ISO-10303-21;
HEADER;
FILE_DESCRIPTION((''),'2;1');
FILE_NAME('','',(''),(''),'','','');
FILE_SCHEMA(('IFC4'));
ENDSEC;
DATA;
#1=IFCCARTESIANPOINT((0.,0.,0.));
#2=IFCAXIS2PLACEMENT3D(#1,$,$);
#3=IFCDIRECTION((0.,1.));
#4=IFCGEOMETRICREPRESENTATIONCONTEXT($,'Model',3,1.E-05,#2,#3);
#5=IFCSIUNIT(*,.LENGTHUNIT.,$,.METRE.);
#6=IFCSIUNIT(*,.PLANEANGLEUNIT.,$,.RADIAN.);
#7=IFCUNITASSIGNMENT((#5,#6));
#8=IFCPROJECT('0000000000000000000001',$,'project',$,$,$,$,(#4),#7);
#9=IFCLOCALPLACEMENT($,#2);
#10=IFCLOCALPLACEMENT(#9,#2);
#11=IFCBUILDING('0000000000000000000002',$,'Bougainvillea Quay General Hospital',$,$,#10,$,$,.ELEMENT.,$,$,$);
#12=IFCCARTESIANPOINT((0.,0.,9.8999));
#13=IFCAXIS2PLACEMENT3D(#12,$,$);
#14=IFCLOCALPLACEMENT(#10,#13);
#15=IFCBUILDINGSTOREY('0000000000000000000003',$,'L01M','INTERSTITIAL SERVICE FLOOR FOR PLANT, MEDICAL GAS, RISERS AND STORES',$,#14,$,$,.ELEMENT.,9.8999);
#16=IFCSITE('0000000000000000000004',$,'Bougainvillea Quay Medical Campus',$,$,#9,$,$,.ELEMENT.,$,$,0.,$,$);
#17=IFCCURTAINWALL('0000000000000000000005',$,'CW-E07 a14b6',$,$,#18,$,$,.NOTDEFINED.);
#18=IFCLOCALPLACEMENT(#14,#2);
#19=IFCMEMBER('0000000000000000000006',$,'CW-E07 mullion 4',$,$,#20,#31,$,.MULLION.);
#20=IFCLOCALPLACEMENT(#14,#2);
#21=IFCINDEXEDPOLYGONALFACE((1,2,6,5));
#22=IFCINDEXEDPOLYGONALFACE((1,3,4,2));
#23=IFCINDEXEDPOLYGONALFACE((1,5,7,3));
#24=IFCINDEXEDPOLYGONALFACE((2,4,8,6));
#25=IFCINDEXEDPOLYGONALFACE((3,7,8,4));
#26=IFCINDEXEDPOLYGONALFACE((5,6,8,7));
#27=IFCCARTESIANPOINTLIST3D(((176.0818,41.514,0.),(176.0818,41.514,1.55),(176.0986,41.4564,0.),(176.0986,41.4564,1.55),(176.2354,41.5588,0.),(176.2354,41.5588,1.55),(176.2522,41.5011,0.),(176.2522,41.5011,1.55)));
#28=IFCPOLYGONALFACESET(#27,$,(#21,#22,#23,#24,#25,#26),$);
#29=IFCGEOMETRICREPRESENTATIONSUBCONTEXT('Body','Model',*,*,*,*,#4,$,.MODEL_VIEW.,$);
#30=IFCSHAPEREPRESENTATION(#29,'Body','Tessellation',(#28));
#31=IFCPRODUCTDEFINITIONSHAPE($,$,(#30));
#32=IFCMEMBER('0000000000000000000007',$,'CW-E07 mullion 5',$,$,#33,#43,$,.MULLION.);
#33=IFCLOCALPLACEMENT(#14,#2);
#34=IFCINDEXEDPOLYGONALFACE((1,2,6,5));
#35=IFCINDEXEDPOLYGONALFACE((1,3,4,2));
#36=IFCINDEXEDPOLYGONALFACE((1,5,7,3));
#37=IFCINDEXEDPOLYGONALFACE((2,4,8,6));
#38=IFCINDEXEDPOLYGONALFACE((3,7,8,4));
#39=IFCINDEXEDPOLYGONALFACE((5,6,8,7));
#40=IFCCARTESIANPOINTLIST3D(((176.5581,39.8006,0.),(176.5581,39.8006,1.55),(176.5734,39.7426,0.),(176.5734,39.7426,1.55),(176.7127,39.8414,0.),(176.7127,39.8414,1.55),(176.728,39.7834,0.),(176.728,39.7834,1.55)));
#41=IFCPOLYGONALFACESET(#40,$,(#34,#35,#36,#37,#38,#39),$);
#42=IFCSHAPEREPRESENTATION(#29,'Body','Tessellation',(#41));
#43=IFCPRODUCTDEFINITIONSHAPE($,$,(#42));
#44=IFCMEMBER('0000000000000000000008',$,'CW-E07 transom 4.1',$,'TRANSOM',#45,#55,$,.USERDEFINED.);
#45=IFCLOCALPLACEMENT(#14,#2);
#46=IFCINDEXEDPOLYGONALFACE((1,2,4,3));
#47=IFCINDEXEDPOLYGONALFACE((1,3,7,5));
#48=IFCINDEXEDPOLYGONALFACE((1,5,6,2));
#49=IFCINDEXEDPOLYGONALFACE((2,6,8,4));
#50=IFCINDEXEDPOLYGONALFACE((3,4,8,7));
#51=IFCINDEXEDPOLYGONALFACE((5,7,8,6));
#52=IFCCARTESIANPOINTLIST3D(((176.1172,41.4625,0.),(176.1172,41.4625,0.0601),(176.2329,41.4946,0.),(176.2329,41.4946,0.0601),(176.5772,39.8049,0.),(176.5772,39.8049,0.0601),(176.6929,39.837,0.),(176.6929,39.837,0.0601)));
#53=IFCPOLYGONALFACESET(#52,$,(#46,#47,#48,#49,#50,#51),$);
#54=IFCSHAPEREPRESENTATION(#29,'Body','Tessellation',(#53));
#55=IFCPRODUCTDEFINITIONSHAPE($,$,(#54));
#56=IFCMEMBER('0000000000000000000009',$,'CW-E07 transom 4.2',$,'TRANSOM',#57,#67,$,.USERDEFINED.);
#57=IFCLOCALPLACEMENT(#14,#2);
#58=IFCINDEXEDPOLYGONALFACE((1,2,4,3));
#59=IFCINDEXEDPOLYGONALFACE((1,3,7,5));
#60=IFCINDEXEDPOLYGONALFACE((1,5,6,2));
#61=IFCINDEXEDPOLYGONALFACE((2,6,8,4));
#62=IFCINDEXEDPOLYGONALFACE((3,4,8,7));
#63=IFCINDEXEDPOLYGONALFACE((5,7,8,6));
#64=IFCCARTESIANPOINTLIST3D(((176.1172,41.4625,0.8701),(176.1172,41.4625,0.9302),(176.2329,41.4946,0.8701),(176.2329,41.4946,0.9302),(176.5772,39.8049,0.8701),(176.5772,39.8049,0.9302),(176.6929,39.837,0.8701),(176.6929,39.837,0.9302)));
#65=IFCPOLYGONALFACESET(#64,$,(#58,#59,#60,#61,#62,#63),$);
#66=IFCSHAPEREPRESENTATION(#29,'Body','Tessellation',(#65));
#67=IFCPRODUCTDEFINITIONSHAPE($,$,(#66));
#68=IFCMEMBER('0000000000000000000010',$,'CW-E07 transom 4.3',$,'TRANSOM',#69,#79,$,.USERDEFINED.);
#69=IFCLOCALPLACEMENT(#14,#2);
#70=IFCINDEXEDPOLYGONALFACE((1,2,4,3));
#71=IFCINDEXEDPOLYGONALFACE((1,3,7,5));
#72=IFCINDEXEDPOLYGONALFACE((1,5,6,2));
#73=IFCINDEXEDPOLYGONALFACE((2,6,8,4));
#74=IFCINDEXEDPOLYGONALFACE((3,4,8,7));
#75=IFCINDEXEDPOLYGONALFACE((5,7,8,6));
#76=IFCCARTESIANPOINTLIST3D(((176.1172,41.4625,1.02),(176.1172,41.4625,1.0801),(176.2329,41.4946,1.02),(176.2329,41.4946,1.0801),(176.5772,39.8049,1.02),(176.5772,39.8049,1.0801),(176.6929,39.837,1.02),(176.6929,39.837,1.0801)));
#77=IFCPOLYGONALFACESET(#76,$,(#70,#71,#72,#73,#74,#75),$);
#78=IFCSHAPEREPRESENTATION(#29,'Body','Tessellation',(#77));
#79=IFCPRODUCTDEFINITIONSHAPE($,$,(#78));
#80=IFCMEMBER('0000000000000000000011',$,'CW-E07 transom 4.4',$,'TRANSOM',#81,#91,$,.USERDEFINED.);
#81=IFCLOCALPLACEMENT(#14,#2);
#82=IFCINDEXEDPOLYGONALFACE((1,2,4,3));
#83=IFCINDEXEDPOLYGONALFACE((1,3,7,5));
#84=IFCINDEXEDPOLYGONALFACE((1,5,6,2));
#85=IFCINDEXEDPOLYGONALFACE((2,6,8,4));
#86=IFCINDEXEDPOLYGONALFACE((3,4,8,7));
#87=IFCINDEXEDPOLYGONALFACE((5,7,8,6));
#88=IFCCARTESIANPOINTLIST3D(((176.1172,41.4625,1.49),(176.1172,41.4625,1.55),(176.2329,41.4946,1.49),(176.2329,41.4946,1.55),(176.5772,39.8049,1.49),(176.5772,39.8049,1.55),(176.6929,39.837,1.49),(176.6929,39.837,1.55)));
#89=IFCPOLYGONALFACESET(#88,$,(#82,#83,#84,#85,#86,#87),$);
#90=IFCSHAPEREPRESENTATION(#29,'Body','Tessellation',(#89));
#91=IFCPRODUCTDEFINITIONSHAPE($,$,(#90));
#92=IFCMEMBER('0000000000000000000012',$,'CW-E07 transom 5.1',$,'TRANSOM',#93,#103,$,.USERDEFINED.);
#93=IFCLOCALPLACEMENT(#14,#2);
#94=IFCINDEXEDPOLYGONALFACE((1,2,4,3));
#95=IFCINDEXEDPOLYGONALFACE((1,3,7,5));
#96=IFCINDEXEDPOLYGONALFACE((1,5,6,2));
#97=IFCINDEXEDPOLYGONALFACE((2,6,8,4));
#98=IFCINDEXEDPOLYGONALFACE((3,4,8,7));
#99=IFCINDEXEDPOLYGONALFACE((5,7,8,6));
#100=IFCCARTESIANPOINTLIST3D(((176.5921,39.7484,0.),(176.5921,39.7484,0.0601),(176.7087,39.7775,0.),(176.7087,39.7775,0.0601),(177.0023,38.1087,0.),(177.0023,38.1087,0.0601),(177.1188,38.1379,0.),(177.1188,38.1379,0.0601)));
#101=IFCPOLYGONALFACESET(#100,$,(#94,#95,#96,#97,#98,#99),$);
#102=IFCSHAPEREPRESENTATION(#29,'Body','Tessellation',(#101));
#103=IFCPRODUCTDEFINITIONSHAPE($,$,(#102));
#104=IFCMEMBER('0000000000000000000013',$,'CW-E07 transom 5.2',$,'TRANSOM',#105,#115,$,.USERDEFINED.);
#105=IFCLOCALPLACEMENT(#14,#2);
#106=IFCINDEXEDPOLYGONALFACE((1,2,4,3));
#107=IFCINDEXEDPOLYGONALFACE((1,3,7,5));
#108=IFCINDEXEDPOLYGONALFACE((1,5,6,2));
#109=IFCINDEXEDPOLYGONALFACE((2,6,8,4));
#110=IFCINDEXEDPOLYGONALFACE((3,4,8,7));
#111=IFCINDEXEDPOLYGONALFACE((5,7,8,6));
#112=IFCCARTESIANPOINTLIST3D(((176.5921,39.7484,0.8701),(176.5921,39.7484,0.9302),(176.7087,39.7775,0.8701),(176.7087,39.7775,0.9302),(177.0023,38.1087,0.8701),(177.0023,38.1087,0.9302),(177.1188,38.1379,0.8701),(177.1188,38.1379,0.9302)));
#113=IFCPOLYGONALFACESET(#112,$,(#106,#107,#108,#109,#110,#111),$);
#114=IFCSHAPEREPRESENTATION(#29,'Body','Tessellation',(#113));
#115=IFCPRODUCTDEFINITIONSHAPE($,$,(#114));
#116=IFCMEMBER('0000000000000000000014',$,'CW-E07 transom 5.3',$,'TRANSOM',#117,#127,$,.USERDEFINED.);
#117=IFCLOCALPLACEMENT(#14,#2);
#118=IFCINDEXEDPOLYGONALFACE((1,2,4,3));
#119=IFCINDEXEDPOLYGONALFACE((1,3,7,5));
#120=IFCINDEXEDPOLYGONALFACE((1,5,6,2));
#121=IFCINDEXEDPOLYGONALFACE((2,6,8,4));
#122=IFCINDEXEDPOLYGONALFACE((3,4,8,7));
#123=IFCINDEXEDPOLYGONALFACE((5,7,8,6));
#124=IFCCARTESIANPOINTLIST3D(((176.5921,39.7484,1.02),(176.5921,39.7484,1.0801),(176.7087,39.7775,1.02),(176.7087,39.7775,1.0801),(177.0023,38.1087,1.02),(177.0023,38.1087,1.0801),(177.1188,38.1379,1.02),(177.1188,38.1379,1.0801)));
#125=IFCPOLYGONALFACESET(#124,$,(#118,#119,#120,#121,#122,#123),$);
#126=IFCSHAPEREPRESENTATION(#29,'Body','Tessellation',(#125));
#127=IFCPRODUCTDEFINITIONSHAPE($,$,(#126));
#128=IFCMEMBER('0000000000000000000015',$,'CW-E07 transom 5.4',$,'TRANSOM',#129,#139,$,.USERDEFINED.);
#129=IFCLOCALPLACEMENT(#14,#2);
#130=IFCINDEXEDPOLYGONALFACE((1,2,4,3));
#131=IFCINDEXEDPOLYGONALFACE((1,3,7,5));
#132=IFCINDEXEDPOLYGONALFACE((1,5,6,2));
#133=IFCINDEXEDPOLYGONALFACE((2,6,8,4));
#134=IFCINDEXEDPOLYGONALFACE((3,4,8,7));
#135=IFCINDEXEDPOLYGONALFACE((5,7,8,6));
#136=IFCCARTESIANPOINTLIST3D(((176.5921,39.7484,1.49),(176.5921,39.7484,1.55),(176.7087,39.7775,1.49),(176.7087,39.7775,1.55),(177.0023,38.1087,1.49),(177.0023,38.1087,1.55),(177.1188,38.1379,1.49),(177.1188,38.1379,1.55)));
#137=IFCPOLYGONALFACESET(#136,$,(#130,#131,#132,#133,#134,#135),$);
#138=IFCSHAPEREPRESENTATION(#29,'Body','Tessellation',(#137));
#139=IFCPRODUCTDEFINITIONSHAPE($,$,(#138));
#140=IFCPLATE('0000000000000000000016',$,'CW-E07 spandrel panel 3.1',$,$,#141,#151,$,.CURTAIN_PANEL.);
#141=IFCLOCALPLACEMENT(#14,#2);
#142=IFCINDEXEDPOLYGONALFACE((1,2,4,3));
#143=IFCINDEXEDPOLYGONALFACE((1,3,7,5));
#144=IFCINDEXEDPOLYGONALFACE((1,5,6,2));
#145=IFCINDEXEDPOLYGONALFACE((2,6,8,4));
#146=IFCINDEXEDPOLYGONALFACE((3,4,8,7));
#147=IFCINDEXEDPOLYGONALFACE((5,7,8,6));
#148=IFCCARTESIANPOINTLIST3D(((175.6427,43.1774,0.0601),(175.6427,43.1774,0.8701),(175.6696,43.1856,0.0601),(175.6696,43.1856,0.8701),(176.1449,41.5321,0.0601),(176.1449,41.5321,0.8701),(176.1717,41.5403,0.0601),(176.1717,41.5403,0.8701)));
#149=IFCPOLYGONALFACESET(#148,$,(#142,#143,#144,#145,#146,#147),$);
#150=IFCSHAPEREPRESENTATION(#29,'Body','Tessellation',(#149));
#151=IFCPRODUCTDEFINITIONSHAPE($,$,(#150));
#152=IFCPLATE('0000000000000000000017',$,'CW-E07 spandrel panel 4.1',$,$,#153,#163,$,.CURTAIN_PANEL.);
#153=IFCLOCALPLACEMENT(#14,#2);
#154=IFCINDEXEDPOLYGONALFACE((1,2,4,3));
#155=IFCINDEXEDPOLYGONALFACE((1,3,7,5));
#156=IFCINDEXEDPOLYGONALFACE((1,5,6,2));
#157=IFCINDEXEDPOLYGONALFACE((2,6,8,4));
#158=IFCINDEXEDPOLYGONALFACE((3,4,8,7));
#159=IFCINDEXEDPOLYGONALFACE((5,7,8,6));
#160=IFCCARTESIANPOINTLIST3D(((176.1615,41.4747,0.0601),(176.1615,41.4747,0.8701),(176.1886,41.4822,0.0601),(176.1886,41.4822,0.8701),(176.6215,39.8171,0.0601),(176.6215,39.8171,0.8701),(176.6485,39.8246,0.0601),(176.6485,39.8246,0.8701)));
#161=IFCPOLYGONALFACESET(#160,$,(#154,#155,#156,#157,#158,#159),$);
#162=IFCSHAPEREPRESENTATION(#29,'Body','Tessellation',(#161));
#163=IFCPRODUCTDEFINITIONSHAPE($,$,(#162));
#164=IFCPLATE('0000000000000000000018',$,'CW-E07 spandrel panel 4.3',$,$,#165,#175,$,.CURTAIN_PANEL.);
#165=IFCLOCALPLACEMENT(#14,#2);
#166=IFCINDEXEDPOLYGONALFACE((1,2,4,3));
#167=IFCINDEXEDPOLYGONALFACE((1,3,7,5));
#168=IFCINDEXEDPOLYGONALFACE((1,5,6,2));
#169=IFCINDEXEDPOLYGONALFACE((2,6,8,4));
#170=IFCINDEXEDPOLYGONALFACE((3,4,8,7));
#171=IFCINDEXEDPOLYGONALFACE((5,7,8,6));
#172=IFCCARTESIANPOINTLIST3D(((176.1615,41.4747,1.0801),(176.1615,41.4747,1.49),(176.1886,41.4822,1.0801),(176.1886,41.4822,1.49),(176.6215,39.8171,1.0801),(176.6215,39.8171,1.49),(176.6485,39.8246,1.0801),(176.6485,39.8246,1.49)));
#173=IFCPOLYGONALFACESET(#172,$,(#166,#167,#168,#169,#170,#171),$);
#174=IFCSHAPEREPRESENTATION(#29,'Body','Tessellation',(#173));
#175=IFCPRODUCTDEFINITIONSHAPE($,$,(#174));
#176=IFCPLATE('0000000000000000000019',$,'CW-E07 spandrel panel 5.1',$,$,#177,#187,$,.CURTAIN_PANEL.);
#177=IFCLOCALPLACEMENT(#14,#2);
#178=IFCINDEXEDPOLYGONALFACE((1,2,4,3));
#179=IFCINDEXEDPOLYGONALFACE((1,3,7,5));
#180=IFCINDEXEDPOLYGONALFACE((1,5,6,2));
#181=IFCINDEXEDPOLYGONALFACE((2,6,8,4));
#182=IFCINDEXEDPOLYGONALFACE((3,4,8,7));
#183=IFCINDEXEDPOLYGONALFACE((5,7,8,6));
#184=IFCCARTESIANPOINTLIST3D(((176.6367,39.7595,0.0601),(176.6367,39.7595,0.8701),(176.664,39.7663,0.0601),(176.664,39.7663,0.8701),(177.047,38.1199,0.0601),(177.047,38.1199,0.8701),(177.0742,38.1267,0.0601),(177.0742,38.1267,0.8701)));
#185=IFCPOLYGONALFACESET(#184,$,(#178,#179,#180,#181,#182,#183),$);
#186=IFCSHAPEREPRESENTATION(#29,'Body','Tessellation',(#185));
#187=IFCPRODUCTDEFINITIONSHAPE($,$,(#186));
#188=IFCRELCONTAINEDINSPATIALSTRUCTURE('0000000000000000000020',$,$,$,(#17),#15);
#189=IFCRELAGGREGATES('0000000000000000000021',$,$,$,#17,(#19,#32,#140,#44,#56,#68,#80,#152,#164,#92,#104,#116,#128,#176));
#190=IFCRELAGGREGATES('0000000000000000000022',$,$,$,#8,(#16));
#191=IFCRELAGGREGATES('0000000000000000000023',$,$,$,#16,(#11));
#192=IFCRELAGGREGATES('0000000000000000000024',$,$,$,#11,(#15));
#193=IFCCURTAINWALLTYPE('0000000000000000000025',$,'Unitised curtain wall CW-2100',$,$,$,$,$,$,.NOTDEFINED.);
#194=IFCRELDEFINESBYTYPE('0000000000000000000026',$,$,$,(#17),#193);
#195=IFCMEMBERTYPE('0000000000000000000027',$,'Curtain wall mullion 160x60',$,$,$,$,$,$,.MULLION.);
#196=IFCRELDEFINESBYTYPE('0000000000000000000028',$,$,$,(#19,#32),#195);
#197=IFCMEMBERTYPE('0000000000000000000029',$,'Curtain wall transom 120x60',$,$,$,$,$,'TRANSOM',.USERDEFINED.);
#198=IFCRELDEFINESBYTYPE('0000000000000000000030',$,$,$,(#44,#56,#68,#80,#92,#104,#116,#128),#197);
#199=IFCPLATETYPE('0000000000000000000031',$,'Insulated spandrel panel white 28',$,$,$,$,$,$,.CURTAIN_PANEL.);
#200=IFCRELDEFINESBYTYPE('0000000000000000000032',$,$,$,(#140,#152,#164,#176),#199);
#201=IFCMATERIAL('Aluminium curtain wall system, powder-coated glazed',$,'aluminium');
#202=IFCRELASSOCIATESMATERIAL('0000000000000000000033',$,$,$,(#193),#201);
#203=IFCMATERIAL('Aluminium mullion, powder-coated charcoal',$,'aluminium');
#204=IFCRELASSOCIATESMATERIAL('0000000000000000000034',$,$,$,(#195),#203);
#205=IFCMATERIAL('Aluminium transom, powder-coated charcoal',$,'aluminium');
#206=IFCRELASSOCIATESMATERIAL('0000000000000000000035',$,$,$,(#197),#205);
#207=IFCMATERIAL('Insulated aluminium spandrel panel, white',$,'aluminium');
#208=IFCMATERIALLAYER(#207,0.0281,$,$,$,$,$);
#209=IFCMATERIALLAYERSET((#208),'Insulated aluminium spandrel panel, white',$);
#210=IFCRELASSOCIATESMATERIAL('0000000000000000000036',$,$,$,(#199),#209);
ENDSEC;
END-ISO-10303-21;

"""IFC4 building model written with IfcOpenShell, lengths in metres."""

from ifc_helpers import new_model, si_unit, direction, frame, origin, origin_2d, place, context, subcontext, project, spatial, rectangle, extrude, material, layer, layer_set, material_profile, profile_set, type_object, element, aggregate, save


model = new_model("IFC4")

# Units and contexts
model_context = context("Model", 3, precision=1e-05, world=origin(), true_north=direction((0.0, 1.0)))
body_context = subcontext(model_context, "Body", "Model", "MODEL_VIEW")
ifc_project = project(units=[si_unit("LENGTHUNIT", "METRE"), si_unit("PLANEANGLEUNIT", "RADIAN")], contexts=[model_context])

# Site, building, storey
site_placement = place(None, origin())
site = spatial("IfcSite", under=ifc_project, at=site_placement, Name="Bougainvillea Quay Medical Campus", CompositionType="ELEMENT", RefElevation=0.0)
building_placement = place(site_placement, origin())
building = spatial("IfcBuilding", under=site, at=building_placement, Name="Bougainvillea Quay General Hospital", CompositionType="ELEMENT")
storey_placement = place(building_placement, frame((0.0, 0.0, 9.8999)))
storey = spatial("IfcBuildingStorey", under=building, at=storey_placement, Name="L01M", Description="INTERSTITIAL SERVICE FLOOR FOR PLANT, MEDICAL GAS, RISERS AND STORES", CompositionType="ELEMENT", Elevation=9.8999)

# Curtain wall, members, plates
ifc_material_1 = material(Name="Aluminium curtain wall system, powder-coated glazed", Category="aluminium")
curtain_wall_type = type_object("IfcCurtainWallType", Name="Unitised curtain wall CW-2100", PredefinedType="NOTDEFINED", material=ifc_material_1)
curtain_wall_placement = place(storey_placement, origin())
curtain_wall = element("IfcCurtainWall", 1, at=curtain_wall_placement, inside=storey, type_object=curtain_wall_type, Name="CW-E07 a14b6", PredefinedType="NOTDEFINED")
ifc_material_2 = material(Name="Aluminium mullion, powder-coated charcoal", Category="aluminium")
ifc_material_profile_1 = material_profile(ifc_material_2, rectangle(XDim=0.1599, YDim=0.0601, at=origin_2d()))
ifc_profile_set_1 = profile_set([ifc_material_profile_1], Name="Aluminium mullion, powder-coated charcoal")
member_type_1 = type_object("IfcMemberType", Name="Curtain wall mullion 160x60", PredefinedType="MULLION", material=ifc_profile_set_1)
member_1_placement = place(storey_placement, frame((176.167, 41.5076, 0.0), z_axis=(0.0, 0.0, 1.0), x_axis=(0.960095, 0.279675, 0.0)))
member_1 = element("IfcMember", 2, at=member_1_placement, type_object=member_type_1, Name="CW-E07 mullion 4", PredefinedType="MULLION", context=body_context, shape_type="SweptSolid", body=[
    extrude(rectangle(XDim=0.1599, YDim=0.0601, at=origin_2d()), origin(), (0.0, 0.0, 1.0), 1.55),
])
member_2_placement = place(storey_placement, frame((176.6431, 39.792, 0.0), z_axis=(0.0, 0.0, 1.0), x_axis=(0.96692, 0.255081, 0.0)))
member_2 = element("IfcMember", 3, at=member_2_placement, type_object=member_type_1, Name="CW-E07 mullion 5", PredefinedType="MULLION", context=body_context, shape_type="SweptSolid", body=[
    extrude(rectangle(XDim=0.1599, YDim=0.0601, at=origin_2d()), origin(), (0.0, 0.0, 1.0), 1.55),
])
ifc_material_3 = material(Name="Aluminium transom, powder-coated charcoal", Category="aluminium")
ifc_material_profile_2 = material_profile(ifc_material_3, rectangle(XDim=0.1201, YDim=0.0601, at=origin_2d()))
ifc_profile_set_2 = profile_set([ifc_material_profile_2], Name="Aluminium transom, powder-coated charcoal")
member_type_2 = type_object("IfcMemberType", Name="Curtain wall transom 120x60", ElementType="TRANSOM", PredefinedType="USERDEFINED", material=ifc_profile_set_2)
member_3_placement = place(storey_placement, frame((176.175, 41.4785, 0.03), z_axis=(0.267402, -0.963585, 0.0), x_axis=(0.963585, 0.267402, 0.0)))
member_3 = element("IfcMember", 4, at=member_3_placement, type_object=member_type_2, Name="CW-E07 transom 4.1", ObjectType="TRANSOM", PredefinedType="USERDEFINED", context=body_context, shape_type="SweptSolid", body=[
    extrude(rectangle(XDim=0.1201, YDim=0.0601, at=origin_2d()), origin(), (0.0, 0.0, 1.0), 1.7202),
])
member_4_placement = place(storey_placement, frame((176.175, 41.4785, 0.9001), z_axis=(0.267402, -0.963585, 0.0), x_axis=(0.963585, 0.267402, 0.0)))
member_4 = element("IfcMember", 5, at=member_4_placement, type_object=member_type_2, Name="CW-E07 transom 4.2", ObjectType="TRANSOM", PredefinedType="USERDEFINED", context=body_context, shape_type="SweptSolid", body=[
    extrude(rectangle(XDim=0.1201, YDim=0.0601, at=origin_2d()), origin(), (0.0, 0.0, 1.0), 1.7202),
])
member_5_placement = place(storey_placement, frame((176.175, 41.4785, 1.05), z_axis=(0.267402, -0.963585, 0.0), x_axis=(0.963585, 0.267402, 0.0)))
member_5 = element("IfcMember", 6, at=member_5_placement, type_object=member_type_2, Name="CW-E07 transom 4.3", ObjectType="TRANSOM", PredefinedType="USERDEFINED", context=body_context, shape_type="SweptSolid", body=[
    extrude(rectangle(XDim=0.1201, YDim=0.0601, at=origin_2d()), origin(), (0.0, 0.0, 1.0), 1.7202),
])
member_6_placement = place(storey_placement, frame((176.175, 41.4785, 1.52), z_axis=(0.267402, -0.963585, 0.0), x_axis=(0.963585, 0.267402, 0.0)))
member_6 = element("IfcMember", 7, at=member_6_placement, type_object=member_type_2, Name="CW-E07 transom 4.4", ObjectType="TRANSOM", PredefinedType="USERDEFINED", context=body_context, shape_type="SweptSolid", body=[
    extrude(rectangle(XDim=0.1201, YDim=0.0601, at=origin_2d()), origin(), (0.0, 0.0, 1.0), 1.7202),
])
member_7_placement = place(storey_placement, frame((176.6504, 39.7629, 0.03), z_axis=(0.242672, -0.970109, 0.0), x_axis=(0.970109, 0.242672, 0.0)))
member_7 = element("IfcMember", 8, at=member_7_placement, type_object=member_type_2, Name="CW-E07 transom 5.1", ObjectType="TRANSOM", PredefinedType="USERDEFINED", context=body_context, shape_type="SweptSolid", body=[
    extrude(rectangle(XDim=0.1201, YDim=0.0601, at=origin_2d()), origin(), (0.0, 0.0, 1.0), 1.6902),
])
member_8_placement = place(storey_placement, frame((176.6504, 39.7629, 0.9001), z_axis=(0.242672, -0.970109, 0.0), x_axis=(0.970109, 0.242672, 0.0)))
member_8 = element("IfcMember", 9, at=member_8_placement, type_object=member_type_2, Name="CW-E07 transom 5.2", ObjectType="TRANSOM", PredefinedType="USERDEFINED", context=body_context, shape_type="SweptSolid", body=[
    extrude(rectangle(XDim=0.1201, YDim=0.0601, at=origin_2d()), origin(), (0.0, 0.0, 1.0), 1.6902),
])
member_9_placement = place(storey_placement, frame((176.6504, 39.7629, 1.05), z_axis=(0.242672, -0.970109, 0.0), x_axis=(0.970109, 0.242672, 0.0)))
member_9 = element("IfcMember", 10, at=member_9_placement, type_object=member_type_2, Name="CW-E07 transom 5.3", ObjectType="TRANSOM", PredefinedType="USERDEFINED", context=body_context, shape_type="SweptSolid", body=[
    extrude(rectangle(XDim=0.1201, YDim=0.0601, at=origin_2d()), origin(), (0.0, 0.0, 1.0), 1.6902),
])
member_10_placement = place(storey_placement, frame((176.6504, 39.7629, 1.52), z_axis=(0.242672, -0.970109, 0.0), x_axis=(0.970109, 0.242672, 0.0)))
member_10 = element("IfcMember", 11, at=member_10_placement, type_object=member_type_2, Name="CW-E07 transom 5.4", ObjectType="TRANSOM", PredefinedType="USERDEFINED", context=body_context, shape_type="SweptSolid", body=[
    extrude(rectangle(XDim=0.1201, YDim=0.0601, at=origin_2d()), origin(), (0.0, 0.0, 1.0), 1.6902),
])
ifc_material_4 = material(Name="Insulated aluminium spandrel panel, white", Category="aluminium")
ifc_layer_1 = layer(ifc_material_4, 0.0281)
ifc_layer_set_1 = layer_set([ifc_layer_1], Name="Insulated aluminium spandrel panel, white")
plate_type_1 = type_object("IfcPlateType", Name="Insulated spandrel panel white 28", PredefinedType="CURTAIN_PANEL", material=ifc_layer_set_1)
plate_1_placement = place(storey_placement, frame((175.9072, 42.3589, 0.0601), z_axis=(0.0, 0.0, 1.0), x_axis=(0.291904, -0.956448, 0.0)))
plate_1 = element("IfcPlate", 12, at=plate_1_placement, type_object=plate_type_1, Name="CW-E07 spandrel panel 3.1", PredefinedType="CURTAIN_PANEL", context=body_context, shape_type="SweptSolid", body=[
    extrude(rectangle(XDim=1.7202, YDim=0.0281, at=origin_2d()), origin(), (0.0, 0.0, 1.0), 0.8101),
])
plate_2_placement = place(storey_placement, frame((176.405, 40.6497, 0.0601), z_axis=(0.0, 0.0, 1.0), x_axis=(0.2674, -0.963586, 0.0)))
plate_2 = element("IfcPlate", 13, at=plate_2_placement, type_object=plate_type_1, Name="CW-E07 spandrel panel 4.1", PredefinedType="CURTAIN_PANEL", context=body_context, shape_type="SweptSolid", body=[
    extrude(rectangle(XDim=1.7202, YDim=0.0281, at=origin_2d()), origin(), (0.0, 0.0, 1.0), 0.8101),
])
plate_3_placement = place(storey_placement, frame((176.405, 40.6497, 1.0801), z_axis=(0.0, 0.0, 1.0), x_axis=(0.2674, -0.963586, 0.0)))
plate_3 = element("IfcPlate", 14, at=plate_3_placement, type_object=plate_type_1, Name="CW-E07 spandrel panel 4.3", PredefinedType="CURTAIN_PANEL", context=body_context, shape_type="SweptSolid", body=[
    extrude(rectangle(XDim=1.7202, YDim=0.0281, at=origin_2d()), origin(), (0.0, 0.0, 1.0), 0.4099),
])
plate_4_placement = place(storey_placement, frame((176.8555, 38.9431, 0.0601), z_axis=(0.0, 0.0, 1.0), x_axis=(0.242721, -0.970096, 0.0)))
plate_4 = element("IfcPlate", 15, at=plate_4_placement, type_object=plate_type_1, Name="CW-E07 spandrel panel 5.1", PredefinedType="CURTAIN_PANEL", context=body_context, shape_type="SweptSolid", body=[
    extrude(rectangle(XDim=1.6902, YDim=0.0281, at=origin_2d()), origin(), (0.0, 0.0, 1.0), 0.8101),
])
aggregate(curtain_wall, [member_1, member_2, plate_1, member_3, member_4, member_5, member_6, plate_2, plate_3, member_7, member_8, member_9, member_10, plate_4])

save(model, "model.ifc")
